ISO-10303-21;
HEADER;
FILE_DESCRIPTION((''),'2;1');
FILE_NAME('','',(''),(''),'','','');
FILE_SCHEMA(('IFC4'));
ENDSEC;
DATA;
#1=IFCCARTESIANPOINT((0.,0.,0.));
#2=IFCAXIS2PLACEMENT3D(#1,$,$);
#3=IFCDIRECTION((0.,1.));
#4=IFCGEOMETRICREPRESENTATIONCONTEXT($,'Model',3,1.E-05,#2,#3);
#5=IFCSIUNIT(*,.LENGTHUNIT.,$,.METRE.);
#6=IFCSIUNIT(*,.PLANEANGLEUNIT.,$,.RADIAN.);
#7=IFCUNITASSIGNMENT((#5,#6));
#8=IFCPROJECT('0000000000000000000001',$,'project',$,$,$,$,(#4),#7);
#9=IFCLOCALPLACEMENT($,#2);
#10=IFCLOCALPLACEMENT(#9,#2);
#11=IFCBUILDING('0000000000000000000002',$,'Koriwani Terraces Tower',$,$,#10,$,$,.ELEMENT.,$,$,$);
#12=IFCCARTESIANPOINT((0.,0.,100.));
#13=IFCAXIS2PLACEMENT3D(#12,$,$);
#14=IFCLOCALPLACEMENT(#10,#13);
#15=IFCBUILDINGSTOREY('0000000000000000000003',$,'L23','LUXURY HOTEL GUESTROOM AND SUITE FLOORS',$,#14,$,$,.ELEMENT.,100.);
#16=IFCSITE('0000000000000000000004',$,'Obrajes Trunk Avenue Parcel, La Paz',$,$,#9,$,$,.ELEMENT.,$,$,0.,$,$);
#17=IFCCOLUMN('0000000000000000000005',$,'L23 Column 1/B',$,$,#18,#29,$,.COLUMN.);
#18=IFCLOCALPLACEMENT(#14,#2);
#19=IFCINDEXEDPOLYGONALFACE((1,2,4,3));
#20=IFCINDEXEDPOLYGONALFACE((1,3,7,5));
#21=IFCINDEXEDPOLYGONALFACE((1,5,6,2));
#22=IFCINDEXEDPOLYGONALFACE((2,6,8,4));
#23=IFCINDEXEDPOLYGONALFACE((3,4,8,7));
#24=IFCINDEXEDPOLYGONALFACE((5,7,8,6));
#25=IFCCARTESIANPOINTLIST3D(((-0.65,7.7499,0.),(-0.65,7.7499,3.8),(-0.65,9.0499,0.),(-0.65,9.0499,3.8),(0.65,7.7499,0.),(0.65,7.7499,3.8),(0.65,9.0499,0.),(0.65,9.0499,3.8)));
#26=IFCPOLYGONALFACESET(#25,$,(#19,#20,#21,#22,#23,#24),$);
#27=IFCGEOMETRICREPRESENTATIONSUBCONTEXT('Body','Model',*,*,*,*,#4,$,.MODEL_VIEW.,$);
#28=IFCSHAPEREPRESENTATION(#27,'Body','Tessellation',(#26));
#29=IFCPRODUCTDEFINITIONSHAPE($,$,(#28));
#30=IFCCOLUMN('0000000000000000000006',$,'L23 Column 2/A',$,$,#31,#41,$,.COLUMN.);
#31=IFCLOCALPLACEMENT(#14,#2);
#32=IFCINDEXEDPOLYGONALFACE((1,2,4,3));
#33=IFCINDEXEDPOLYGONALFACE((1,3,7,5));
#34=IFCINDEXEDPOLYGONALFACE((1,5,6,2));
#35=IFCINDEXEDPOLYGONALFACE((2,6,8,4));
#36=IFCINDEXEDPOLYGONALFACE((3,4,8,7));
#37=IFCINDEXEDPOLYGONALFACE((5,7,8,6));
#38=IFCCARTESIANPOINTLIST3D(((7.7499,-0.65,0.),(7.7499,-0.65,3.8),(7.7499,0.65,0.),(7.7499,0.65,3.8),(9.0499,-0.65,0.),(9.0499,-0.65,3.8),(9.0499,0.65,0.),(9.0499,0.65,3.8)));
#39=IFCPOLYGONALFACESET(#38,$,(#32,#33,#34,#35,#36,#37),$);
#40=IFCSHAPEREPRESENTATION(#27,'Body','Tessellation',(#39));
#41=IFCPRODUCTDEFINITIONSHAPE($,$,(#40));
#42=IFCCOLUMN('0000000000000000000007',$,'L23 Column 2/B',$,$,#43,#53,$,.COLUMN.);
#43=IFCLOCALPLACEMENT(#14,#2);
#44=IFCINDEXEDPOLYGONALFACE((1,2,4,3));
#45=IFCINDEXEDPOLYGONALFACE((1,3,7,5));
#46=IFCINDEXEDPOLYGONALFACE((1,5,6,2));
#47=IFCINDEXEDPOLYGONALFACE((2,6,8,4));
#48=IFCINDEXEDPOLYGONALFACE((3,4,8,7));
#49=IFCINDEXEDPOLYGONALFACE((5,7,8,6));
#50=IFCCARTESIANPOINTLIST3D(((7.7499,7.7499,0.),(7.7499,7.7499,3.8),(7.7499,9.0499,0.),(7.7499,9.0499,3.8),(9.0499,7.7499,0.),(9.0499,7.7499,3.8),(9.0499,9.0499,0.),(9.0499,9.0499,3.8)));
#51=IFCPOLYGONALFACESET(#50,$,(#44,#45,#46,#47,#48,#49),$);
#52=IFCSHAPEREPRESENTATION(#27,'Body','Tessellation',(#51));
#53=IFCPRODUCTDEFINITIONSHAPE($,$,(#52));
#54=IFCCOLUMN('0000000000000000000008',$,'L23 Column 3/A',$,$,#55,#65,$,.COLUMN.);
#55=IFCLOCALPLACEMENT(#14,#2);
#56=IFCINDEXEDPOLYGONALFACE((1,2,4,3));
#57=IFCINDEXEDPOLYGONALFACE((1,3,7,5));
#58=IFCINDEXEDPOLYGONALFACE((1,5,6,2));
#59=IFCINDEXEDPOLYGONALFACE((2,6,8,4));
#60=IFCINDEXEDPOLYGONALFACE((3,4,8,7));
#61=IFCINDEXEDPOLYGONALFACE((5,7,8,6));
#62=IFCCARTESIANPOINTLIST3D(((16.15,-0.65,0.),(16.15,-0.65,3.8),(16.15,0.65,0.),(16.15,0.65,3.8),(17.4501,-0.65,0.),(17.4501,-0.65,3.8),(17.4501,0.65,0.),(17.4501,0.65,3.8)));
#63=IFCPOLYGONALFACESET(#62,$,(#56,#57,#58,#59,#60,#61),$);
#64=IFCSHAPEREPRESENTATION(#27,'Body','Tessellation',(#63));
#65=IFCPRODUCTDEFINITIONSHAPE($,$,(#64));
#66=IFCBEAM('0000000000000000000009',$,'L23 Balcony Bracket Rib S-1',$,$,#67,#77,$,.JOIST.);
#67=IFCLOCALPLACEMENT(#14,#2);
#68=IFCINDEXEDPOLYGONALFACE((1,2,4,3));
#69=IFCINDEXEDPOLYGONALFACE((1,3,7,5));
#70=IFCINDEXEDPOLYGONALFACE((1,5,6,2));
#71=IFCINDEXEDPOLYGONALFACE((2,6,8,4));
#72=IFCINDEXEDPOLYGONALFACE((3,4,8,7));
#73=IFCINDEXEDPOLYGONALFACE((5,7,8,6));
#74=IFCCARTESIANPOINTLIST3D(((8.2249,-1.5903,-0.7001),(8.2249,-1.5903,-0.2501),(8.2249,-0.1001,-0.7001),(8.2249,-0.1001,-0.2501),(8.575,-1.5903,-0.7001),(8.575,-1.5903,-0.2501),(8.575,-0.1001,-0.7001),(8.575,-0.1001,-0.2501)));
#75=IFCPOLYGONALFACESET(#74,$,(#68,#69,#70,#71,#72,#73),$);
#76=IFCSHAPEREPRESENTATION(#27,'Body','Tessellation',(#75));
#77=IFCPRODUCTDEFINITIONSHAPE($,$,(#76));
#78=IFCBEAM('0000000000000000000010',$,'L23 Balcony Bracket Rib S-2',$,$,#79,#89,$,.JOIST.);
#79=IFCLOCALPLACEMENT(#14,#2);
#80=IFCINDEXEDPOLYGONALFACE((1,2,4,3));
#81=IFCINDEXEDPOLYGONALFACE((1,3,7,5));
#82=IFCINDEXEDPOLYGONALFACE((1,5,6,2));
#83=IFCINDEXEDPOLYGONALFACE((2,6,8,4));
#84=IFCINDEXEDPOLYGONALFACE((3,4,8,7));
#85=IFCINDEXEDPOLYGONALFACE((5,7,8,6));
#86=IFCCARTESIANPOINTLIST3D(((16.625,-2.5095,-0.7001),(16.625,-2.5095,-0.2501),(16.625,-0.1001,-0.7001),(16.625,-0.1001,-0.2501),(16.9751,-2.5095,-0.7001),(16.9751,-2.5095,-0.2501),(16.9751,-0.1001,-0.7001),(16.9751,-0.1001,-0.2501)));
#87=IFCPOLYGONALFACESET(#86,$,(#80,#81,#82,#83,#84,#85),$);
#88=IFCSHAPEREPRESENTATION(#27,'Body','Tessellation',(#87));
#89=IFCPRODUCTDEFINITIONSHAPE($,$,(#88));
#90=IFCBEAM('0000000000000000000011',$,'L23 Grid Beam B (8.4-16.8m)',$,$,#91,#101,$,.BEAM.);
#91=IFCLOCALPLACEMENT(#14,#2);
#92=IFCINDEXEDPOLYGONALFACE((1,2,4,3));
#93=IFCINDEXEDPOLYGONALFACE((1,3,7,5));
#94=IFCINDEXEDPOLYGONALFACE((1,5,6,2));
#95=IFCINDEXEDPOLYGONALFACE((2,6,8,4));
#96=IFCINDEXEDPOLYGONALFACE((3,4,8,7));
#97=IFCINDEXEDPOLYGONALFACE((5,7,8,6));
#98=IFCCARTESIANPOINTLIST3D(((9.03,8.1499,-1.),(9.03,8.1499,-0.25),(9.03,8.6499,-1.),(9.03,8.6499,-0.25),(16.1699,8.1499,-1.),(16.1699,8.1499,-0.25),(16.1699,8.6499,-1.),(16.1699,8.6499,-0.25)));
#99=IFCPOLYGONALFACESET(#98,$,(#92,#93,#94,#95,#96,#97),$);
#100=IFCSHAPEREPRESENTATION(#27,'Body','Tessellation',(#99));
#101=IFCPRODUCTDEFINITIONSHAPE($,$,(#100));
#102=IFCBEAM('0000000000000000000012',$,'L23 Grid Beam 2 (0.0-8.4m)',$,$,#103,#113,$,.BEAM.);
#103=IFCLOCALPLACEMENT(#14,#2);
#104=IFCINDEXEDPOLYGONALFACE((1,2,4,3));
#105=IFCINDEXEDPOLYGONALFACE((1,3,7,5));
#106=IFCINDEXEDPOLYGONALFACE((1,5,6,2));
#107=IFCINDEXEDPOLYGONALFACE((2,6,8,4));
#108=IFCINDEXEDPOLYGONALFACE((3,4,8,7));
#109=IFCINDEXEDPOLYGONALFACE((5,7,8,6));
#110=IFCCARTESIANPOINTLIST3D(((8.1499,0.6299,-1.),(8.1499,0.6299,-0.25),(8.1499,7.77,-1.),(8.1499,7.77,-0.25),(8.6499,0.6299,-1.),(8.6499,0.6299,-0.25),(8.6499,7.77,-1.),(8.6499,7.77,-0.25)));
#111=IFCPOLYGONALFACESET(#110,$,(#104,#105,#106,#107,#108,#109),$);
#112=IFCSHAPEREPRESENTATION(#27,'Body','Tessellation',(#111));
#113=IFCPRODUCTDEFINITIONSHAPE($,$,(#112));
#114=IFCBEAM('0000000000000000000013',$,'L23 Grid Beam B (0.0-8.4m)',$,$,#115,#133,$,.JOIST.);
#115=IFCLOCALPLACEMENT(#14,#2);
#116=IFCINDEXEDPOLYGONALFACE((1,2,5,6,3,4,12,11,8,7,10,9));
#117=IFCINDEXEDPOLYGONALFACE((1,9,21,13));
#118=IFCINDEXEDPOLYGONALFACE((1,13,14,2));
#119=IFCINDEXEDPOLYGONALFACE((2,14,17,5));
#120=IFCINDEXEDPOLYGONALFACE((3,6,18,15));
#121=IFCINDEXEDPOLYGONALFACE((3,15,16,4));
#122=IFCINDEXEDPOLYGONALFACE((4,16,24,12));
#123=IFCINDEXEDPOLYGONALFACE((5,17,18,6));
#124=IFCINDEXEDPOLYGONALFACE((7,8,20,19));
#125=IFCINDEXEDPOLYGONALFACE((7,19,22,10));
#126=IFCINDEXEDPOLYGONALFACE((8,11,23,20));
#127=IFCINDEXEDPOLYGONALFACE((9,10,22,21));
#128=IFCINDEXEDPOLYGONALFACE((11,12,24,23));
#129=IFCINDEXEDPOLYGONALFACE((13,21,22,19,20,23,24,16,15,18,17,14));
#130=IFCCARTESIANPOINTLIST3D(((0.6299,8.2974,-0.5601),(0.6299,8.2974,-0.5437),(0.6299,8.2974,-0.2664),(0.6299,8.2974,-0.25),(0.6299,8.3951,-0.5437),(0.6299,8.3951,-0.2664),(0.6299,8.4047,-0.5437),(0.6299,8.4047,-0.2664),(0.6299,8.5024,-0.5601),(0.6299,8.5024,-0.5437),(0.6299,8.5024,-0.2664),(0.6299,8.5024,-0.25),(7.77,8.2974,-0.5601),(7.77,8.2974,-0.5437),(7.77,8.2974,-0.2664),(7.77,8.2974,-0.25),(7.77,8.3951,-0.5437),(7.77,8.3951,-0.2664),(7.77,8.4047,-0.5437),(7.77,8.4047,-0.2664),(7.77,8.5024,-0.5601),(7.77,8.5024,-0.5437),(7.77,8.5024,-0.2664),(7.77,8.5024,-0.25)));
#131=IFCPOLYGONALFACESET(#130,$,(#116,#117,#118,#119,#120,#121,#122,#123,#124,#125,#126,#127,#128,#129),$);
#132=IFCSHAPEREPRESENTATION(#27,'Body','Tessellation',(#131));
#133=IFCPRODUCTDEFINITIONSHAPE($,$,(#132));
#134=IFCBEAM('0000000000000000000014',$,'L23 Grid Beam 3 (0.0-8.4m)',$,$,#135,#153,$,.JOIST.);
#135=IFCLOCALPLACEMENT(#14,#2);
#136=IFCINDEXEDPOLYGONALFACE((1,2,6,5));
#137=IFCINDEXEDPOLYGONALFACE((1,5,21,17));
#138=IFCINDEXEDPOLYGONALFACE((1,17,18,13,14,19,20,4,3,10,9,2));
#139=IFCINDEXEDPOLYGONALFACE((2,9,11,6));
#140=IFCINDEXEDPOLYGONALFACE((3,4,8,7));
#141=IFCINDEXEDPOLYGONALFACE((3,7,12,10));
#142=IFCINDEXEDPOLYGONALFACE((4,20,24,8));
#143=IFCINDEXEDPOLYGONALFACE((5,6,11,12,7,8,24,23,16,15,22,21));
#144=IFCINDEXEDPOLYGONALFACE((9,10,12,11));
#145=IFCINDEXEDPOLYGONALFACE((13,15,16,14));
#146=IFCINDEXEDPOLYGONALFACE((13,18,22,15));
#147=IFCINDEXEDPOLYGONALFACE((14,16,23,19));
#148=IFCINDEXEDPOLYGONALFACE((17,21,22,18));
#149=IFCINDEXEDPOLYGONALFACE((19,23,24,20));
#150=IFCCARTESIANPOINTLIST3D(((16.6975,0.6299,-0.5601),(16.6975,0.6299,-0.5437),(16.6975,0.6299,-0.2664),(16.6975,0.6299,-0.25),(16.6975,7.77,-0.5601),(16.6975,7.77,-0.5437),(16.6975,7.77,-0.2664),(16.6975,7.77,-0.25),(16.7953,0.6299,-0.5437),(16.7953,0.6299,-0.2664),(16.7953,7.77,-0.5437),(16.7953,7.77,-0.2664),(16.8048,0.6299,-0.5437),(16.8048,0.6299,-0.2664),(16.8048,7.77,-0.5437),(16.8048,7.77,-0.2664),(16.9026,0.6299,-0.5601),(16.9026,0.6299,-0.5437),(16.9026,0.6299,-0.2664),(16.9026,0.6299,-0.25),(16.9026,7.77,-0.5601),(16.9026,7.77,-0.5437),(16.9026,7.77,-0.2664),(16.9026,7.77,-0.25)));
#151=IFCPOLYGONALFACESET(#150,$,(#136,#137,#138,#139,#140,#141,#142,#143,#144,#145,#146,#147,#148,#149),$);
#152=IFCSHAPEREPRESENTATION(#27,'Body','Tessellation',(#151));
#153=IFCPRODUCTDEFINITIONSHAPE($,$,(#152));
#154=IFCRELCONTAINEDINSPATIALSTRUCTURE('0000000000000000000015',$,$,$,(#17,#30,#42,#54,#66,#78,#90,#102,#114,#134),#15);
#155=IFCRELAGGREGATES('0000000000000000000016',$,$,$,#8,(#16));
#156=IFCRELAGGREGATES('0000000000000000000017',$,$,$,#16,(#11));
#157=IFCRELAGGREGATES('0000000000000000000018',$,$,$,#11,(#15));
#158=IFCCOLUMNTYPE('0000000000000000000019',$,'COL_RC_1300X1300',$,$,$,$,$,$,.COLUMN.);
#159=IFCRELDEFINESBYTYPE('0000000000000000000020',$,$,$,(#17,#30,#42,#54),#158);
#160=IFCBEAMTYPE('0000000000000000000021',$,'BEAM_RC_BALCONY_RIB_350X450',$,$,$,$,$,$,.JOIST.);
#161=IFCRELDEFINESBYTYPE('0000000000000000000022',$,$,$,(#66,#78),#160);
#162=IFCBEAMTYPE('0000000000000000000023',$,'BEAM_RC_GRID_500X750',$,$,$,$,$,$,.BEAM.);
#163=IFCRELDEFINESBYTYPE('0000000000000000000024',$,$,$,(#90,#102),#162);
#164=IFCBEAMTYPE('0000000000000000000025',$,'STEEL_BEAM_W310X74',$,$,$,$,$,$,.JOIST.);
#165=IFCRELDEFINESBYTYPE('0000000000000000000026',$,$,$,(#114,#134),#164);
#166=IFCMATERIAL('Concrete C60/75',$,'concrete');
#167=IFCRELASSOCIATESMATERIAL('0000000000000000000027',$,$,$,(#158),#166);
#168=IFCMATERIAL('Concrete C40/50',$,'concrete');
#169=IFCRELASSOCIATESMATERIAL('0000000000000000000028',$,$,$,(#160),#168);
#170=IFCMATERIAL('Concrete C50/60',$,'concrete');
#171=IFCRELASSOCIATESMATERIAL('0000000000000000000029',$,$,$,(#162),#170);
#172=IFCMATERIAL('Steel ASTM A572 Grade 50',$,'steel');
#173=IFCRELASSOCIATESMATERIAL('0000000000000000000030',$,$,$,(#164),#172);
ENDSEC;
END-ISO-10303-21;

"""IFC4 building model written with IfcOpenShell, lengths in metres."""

from ifc_helpers import new_model, si_unit, direction, frame, origin, origin_2d, place, context, subcontext, project, spatial, rectangle, i_section, extrude, material, material_profile, profile_set, type_object, element, save


model = new_model("IFC4")

# Units and contexts
model_context = context("Model", 3, precision=1e-05, world=origin(), true_north=direction((0.0, 1.0)))
body_context = subcontext(model_context, "Body", "Model", "MODEL_VIEW")
ifc_project = project(units=[si_unit("LENGTHUNIT", "METRE"), si_unit("PLANEANGLEUNIT", "RADIAN")], contexts=[model_context])

# Site, building, storey
site_placement = place(None, origin())
site = spatial("IfcSite", under=ifc_project, at=site_placement, Name="Obrajes Trunk Avenue Parcel, La Paz", CompositionType="ELEMENT", RefElevation=0.0)
building_placement = place(site_placement, origin())
building = spatial("IfcBuilding", under=site, at=building_placement, Name="Koriwani Terraces Tower", CompositionType="ELEMENT")
storey_placement = place(building_placement, frame((0.0, 0.0, 100.0)))
storey = spatial("IfcBuildingStorey", under=building, at=storey_placement, Name="L23", Description="LUXURY HOTEL GUESTROOM AND SUITE FLOORS", CompositionType="ELEMENT", Elevation=100.0)

# Columns
ifc_material_1 = material(Name="Concrete C60/75", Category="concrete")
ifc_material_profile_1 = material_profile(ifc_material_1, rectangle(XDim=1.3, YDim=1.3, at=origin_2d()), Name="Concrete C60/75", Category="LoadBearing")
ifc_profile_set_1 = profile_set([ifc_material_profile_1], Name="Concrete C60/75")
column_type = type_object("IfcColumnType", Name="COL_RC_1300X1300", PredefinedType="COLUMN", material=ifc_profile_set_1)
for number, where, z_axis, x_axis, name in (
    (1, (0.0, 8.3999, 0.0), (0.0, 0.0, 1.0), (1.0, 0.0, 0.0), "L23 Column 1/B"),
    (2, (8.3999, 0.0, 0.0), (0.0, 0.0, 1.0), (1.0, 0.0, 0.0), "L23 Column 2/A"),
    (3, (8.3999, 8.3999, 0.0), (0.0, 0.0, 1.0), (1.0, 0.0, 0.0), "L23 Column 2/B"),
    (4, (16.8, 0.0, 0.0), (0.0, 0.0, 1.0), (1.0, 0.0, 0.0), "L23 Column 3/A"),
):
    element("IfcColumn", number, at=place(storey_placement, frame(where, z_axis=z_axis, x_axis=x_axis)), inside=storey, type_object=column_type, Name=name, PredefinedType="COLUMN", context=body_context, shape_type="SweptSolid", body=[
        extrude(rectangle(XDim=1.3, YDim=1.3, at=origin_2d()), origin(), (0.0, 0.0, 1.0), 3.8),
    ])

# Beams
ifc_material_2 = material(Name="Concrete C40/50", Category="concrete")
ifc_material_profile_2 = material_profile(ifc_material_2, rectangle(XDim=0.3501, YDim=0.45, at=origin_2d()), Name="Concrete C40/50", Category="LoadBearing")
ifc_profile_set_2 = profile_set([ifc_material_profile_2], Name="Concrete C40/50")
beam_type_1 = type_object("IfcBeamType", Name="BEAM_RC_BALCONY_RIB_350X450", PredefinedType="JOIST", material=ifc_profile_set_2)
beam_1_placement = place(storey_placement, frame((8.3999, -1.5903, -0.4751), z_axis=(0.0, 1.0, 0.0), x_axis=(-1.0, 0.0, 0.0)))
element("IfcBeam", 5, at=beam_1_placement, inside=storey, type_object=beam_type_1, Name="L23 Balcony Bracket Rib S-1", PredefinedType="JOIST", context=body_context, shape_type="SweptSolid", body=[
    extrude(rectangle(XDim=0.3501, YDim=0.45, at=origin_2d()), origin(), (0.0, 0.0, 1.0), 1.4902),
])
beam_2_placement = place(storey_placement, frame((16.8, -2.5095, -0.4751), z_axis=(0.0, 1.0, 0.0), x_axis=(-1.0, 0.0, 0.0)))
element("IfcBeam", 6, at=beam_2_placement, inside=storey, type_object=beam_type_1, Name="L23 Balcony Bracket Rib S-2", PredefinedType="JOIST", context=body_context, shape_type="SweptSolid", body=[
    extrude(rectangle(XDim=0.3501, YDim=0.45, at=origin_2d()), origin(), (0.0, 0.0, 1.0), 2.4094),
])
ifc_material_3 = material(Name="Concrete C50/60", Category="concrete")
ifc_material_profile_3 = material_profile(ifc_material_3, rectangle(XDim=0.5, YDim=0.75, at=origin_2d()), Name="Concrete C50/60", Category="LoadBearing")
ifc_profile_set_3 = profile_set([ifc_material_profile_3], Name="Concrete C50/60")
beam_type_2 = type_object("IfcBeamType", Name="BEAM_RC_GRID_500X750", PredefinedType="BEAM", material=ifc_profile_set_3)
beam_3_placement = place(storey_placement, frame((9.03, 8.3999, -0.625), z_axis=(1.0, 0.0, 0.0), x_axis=(0.0, 1.0, 0.0)))
element("IfcBeam", 7, at=beam_3_placement, inside=storey, type_object=beam_type_2, Name="L23 Grid Beam B (8.4-16.8m)", PredefinedType="BEAM", context=body_context, shape_type="SweptSolid", body=[
    extrude(rectangle(XDim=0.5, YDim=0.75, at=origin_2d()), origin(), (0.0, 0.0, 1.0), 7.1399),
])
beam_4_placement = place(storey_placement, frame((8.3999, 0.6299, -0.625), z_axis=(0.0, 1.0, 0.0), x_axis=(-1.0, 0.0, 0.0)))
element("IfcBeam", 8, at=beam_4_placement, inside=storey, type_object=beam_type_2, Name="L23 Grid Beam 2 (0.0-8.4m)", PredefinedType="BEAM", context=body_context, shape_type="SweptSolid", body=[
    extrude(rectangle(XDim=0.5, YDim=0.75, at=origin_2d()), origin(), (0.0, 0.0, 1.0), 7.1401),
])
ifc_material_4 = material(Name="Steel ASTM A572 Grade 50", Category="steel")
ifc_material_profile_4 = material_profile(ifc_material_4, i_section(OverallWidth=0.2051, OverallDepth=0.3101, WebThickness=0.0095, FlangeThickness=0.0164, at=origin_2d()), Name="Steel ASTM A572 Grade 50", Category="LoadBearing")
ifc_profile_set_4 = profile_set([ifc_material_profile_4], Name="Steel ASTM A572 Grade 50")
beam_type_3 = type_object("IfcBeamType", Name="STEEL_BEAM_W310X74", PredefinedType="JOIST", material=ifc_profile_set_4)
for number, where, z_axis, x_axis, name in (
    (9, (0.6299, 8.3999, -0.405), (1.0, 0.0, 0.0), (0.0, 1.0, 0.0), "L23 Grid Beam B (0.0-8.4m)"),
    (10, (16.8, 0.6299, -0.405), (0.0, 1.0, 0.0), (-1.0, 0.0, 0.0), "L23 Grid Beam 3 (0.0-8.4m)"),
):
    element("IfcBeam", number, at=place(storey_placement, frame(where, z_axis=z_axis, x_axis=x_axis)), inside=storey, type_object=beam_type_3, Name=name, PredefinedType="JOIST", context=body_context, shape_type="SweptSolid", body=[
        extrude(i_section(OverallWidth=0.2051, OverallDepth=0.3101, WebThickness=0.0095, FlangeThickness=0.0164, at=origin_2d()), origin(), (0.0, 0.0, 1.0), 7.1401),
    ])

save(model, "model.ifc")
